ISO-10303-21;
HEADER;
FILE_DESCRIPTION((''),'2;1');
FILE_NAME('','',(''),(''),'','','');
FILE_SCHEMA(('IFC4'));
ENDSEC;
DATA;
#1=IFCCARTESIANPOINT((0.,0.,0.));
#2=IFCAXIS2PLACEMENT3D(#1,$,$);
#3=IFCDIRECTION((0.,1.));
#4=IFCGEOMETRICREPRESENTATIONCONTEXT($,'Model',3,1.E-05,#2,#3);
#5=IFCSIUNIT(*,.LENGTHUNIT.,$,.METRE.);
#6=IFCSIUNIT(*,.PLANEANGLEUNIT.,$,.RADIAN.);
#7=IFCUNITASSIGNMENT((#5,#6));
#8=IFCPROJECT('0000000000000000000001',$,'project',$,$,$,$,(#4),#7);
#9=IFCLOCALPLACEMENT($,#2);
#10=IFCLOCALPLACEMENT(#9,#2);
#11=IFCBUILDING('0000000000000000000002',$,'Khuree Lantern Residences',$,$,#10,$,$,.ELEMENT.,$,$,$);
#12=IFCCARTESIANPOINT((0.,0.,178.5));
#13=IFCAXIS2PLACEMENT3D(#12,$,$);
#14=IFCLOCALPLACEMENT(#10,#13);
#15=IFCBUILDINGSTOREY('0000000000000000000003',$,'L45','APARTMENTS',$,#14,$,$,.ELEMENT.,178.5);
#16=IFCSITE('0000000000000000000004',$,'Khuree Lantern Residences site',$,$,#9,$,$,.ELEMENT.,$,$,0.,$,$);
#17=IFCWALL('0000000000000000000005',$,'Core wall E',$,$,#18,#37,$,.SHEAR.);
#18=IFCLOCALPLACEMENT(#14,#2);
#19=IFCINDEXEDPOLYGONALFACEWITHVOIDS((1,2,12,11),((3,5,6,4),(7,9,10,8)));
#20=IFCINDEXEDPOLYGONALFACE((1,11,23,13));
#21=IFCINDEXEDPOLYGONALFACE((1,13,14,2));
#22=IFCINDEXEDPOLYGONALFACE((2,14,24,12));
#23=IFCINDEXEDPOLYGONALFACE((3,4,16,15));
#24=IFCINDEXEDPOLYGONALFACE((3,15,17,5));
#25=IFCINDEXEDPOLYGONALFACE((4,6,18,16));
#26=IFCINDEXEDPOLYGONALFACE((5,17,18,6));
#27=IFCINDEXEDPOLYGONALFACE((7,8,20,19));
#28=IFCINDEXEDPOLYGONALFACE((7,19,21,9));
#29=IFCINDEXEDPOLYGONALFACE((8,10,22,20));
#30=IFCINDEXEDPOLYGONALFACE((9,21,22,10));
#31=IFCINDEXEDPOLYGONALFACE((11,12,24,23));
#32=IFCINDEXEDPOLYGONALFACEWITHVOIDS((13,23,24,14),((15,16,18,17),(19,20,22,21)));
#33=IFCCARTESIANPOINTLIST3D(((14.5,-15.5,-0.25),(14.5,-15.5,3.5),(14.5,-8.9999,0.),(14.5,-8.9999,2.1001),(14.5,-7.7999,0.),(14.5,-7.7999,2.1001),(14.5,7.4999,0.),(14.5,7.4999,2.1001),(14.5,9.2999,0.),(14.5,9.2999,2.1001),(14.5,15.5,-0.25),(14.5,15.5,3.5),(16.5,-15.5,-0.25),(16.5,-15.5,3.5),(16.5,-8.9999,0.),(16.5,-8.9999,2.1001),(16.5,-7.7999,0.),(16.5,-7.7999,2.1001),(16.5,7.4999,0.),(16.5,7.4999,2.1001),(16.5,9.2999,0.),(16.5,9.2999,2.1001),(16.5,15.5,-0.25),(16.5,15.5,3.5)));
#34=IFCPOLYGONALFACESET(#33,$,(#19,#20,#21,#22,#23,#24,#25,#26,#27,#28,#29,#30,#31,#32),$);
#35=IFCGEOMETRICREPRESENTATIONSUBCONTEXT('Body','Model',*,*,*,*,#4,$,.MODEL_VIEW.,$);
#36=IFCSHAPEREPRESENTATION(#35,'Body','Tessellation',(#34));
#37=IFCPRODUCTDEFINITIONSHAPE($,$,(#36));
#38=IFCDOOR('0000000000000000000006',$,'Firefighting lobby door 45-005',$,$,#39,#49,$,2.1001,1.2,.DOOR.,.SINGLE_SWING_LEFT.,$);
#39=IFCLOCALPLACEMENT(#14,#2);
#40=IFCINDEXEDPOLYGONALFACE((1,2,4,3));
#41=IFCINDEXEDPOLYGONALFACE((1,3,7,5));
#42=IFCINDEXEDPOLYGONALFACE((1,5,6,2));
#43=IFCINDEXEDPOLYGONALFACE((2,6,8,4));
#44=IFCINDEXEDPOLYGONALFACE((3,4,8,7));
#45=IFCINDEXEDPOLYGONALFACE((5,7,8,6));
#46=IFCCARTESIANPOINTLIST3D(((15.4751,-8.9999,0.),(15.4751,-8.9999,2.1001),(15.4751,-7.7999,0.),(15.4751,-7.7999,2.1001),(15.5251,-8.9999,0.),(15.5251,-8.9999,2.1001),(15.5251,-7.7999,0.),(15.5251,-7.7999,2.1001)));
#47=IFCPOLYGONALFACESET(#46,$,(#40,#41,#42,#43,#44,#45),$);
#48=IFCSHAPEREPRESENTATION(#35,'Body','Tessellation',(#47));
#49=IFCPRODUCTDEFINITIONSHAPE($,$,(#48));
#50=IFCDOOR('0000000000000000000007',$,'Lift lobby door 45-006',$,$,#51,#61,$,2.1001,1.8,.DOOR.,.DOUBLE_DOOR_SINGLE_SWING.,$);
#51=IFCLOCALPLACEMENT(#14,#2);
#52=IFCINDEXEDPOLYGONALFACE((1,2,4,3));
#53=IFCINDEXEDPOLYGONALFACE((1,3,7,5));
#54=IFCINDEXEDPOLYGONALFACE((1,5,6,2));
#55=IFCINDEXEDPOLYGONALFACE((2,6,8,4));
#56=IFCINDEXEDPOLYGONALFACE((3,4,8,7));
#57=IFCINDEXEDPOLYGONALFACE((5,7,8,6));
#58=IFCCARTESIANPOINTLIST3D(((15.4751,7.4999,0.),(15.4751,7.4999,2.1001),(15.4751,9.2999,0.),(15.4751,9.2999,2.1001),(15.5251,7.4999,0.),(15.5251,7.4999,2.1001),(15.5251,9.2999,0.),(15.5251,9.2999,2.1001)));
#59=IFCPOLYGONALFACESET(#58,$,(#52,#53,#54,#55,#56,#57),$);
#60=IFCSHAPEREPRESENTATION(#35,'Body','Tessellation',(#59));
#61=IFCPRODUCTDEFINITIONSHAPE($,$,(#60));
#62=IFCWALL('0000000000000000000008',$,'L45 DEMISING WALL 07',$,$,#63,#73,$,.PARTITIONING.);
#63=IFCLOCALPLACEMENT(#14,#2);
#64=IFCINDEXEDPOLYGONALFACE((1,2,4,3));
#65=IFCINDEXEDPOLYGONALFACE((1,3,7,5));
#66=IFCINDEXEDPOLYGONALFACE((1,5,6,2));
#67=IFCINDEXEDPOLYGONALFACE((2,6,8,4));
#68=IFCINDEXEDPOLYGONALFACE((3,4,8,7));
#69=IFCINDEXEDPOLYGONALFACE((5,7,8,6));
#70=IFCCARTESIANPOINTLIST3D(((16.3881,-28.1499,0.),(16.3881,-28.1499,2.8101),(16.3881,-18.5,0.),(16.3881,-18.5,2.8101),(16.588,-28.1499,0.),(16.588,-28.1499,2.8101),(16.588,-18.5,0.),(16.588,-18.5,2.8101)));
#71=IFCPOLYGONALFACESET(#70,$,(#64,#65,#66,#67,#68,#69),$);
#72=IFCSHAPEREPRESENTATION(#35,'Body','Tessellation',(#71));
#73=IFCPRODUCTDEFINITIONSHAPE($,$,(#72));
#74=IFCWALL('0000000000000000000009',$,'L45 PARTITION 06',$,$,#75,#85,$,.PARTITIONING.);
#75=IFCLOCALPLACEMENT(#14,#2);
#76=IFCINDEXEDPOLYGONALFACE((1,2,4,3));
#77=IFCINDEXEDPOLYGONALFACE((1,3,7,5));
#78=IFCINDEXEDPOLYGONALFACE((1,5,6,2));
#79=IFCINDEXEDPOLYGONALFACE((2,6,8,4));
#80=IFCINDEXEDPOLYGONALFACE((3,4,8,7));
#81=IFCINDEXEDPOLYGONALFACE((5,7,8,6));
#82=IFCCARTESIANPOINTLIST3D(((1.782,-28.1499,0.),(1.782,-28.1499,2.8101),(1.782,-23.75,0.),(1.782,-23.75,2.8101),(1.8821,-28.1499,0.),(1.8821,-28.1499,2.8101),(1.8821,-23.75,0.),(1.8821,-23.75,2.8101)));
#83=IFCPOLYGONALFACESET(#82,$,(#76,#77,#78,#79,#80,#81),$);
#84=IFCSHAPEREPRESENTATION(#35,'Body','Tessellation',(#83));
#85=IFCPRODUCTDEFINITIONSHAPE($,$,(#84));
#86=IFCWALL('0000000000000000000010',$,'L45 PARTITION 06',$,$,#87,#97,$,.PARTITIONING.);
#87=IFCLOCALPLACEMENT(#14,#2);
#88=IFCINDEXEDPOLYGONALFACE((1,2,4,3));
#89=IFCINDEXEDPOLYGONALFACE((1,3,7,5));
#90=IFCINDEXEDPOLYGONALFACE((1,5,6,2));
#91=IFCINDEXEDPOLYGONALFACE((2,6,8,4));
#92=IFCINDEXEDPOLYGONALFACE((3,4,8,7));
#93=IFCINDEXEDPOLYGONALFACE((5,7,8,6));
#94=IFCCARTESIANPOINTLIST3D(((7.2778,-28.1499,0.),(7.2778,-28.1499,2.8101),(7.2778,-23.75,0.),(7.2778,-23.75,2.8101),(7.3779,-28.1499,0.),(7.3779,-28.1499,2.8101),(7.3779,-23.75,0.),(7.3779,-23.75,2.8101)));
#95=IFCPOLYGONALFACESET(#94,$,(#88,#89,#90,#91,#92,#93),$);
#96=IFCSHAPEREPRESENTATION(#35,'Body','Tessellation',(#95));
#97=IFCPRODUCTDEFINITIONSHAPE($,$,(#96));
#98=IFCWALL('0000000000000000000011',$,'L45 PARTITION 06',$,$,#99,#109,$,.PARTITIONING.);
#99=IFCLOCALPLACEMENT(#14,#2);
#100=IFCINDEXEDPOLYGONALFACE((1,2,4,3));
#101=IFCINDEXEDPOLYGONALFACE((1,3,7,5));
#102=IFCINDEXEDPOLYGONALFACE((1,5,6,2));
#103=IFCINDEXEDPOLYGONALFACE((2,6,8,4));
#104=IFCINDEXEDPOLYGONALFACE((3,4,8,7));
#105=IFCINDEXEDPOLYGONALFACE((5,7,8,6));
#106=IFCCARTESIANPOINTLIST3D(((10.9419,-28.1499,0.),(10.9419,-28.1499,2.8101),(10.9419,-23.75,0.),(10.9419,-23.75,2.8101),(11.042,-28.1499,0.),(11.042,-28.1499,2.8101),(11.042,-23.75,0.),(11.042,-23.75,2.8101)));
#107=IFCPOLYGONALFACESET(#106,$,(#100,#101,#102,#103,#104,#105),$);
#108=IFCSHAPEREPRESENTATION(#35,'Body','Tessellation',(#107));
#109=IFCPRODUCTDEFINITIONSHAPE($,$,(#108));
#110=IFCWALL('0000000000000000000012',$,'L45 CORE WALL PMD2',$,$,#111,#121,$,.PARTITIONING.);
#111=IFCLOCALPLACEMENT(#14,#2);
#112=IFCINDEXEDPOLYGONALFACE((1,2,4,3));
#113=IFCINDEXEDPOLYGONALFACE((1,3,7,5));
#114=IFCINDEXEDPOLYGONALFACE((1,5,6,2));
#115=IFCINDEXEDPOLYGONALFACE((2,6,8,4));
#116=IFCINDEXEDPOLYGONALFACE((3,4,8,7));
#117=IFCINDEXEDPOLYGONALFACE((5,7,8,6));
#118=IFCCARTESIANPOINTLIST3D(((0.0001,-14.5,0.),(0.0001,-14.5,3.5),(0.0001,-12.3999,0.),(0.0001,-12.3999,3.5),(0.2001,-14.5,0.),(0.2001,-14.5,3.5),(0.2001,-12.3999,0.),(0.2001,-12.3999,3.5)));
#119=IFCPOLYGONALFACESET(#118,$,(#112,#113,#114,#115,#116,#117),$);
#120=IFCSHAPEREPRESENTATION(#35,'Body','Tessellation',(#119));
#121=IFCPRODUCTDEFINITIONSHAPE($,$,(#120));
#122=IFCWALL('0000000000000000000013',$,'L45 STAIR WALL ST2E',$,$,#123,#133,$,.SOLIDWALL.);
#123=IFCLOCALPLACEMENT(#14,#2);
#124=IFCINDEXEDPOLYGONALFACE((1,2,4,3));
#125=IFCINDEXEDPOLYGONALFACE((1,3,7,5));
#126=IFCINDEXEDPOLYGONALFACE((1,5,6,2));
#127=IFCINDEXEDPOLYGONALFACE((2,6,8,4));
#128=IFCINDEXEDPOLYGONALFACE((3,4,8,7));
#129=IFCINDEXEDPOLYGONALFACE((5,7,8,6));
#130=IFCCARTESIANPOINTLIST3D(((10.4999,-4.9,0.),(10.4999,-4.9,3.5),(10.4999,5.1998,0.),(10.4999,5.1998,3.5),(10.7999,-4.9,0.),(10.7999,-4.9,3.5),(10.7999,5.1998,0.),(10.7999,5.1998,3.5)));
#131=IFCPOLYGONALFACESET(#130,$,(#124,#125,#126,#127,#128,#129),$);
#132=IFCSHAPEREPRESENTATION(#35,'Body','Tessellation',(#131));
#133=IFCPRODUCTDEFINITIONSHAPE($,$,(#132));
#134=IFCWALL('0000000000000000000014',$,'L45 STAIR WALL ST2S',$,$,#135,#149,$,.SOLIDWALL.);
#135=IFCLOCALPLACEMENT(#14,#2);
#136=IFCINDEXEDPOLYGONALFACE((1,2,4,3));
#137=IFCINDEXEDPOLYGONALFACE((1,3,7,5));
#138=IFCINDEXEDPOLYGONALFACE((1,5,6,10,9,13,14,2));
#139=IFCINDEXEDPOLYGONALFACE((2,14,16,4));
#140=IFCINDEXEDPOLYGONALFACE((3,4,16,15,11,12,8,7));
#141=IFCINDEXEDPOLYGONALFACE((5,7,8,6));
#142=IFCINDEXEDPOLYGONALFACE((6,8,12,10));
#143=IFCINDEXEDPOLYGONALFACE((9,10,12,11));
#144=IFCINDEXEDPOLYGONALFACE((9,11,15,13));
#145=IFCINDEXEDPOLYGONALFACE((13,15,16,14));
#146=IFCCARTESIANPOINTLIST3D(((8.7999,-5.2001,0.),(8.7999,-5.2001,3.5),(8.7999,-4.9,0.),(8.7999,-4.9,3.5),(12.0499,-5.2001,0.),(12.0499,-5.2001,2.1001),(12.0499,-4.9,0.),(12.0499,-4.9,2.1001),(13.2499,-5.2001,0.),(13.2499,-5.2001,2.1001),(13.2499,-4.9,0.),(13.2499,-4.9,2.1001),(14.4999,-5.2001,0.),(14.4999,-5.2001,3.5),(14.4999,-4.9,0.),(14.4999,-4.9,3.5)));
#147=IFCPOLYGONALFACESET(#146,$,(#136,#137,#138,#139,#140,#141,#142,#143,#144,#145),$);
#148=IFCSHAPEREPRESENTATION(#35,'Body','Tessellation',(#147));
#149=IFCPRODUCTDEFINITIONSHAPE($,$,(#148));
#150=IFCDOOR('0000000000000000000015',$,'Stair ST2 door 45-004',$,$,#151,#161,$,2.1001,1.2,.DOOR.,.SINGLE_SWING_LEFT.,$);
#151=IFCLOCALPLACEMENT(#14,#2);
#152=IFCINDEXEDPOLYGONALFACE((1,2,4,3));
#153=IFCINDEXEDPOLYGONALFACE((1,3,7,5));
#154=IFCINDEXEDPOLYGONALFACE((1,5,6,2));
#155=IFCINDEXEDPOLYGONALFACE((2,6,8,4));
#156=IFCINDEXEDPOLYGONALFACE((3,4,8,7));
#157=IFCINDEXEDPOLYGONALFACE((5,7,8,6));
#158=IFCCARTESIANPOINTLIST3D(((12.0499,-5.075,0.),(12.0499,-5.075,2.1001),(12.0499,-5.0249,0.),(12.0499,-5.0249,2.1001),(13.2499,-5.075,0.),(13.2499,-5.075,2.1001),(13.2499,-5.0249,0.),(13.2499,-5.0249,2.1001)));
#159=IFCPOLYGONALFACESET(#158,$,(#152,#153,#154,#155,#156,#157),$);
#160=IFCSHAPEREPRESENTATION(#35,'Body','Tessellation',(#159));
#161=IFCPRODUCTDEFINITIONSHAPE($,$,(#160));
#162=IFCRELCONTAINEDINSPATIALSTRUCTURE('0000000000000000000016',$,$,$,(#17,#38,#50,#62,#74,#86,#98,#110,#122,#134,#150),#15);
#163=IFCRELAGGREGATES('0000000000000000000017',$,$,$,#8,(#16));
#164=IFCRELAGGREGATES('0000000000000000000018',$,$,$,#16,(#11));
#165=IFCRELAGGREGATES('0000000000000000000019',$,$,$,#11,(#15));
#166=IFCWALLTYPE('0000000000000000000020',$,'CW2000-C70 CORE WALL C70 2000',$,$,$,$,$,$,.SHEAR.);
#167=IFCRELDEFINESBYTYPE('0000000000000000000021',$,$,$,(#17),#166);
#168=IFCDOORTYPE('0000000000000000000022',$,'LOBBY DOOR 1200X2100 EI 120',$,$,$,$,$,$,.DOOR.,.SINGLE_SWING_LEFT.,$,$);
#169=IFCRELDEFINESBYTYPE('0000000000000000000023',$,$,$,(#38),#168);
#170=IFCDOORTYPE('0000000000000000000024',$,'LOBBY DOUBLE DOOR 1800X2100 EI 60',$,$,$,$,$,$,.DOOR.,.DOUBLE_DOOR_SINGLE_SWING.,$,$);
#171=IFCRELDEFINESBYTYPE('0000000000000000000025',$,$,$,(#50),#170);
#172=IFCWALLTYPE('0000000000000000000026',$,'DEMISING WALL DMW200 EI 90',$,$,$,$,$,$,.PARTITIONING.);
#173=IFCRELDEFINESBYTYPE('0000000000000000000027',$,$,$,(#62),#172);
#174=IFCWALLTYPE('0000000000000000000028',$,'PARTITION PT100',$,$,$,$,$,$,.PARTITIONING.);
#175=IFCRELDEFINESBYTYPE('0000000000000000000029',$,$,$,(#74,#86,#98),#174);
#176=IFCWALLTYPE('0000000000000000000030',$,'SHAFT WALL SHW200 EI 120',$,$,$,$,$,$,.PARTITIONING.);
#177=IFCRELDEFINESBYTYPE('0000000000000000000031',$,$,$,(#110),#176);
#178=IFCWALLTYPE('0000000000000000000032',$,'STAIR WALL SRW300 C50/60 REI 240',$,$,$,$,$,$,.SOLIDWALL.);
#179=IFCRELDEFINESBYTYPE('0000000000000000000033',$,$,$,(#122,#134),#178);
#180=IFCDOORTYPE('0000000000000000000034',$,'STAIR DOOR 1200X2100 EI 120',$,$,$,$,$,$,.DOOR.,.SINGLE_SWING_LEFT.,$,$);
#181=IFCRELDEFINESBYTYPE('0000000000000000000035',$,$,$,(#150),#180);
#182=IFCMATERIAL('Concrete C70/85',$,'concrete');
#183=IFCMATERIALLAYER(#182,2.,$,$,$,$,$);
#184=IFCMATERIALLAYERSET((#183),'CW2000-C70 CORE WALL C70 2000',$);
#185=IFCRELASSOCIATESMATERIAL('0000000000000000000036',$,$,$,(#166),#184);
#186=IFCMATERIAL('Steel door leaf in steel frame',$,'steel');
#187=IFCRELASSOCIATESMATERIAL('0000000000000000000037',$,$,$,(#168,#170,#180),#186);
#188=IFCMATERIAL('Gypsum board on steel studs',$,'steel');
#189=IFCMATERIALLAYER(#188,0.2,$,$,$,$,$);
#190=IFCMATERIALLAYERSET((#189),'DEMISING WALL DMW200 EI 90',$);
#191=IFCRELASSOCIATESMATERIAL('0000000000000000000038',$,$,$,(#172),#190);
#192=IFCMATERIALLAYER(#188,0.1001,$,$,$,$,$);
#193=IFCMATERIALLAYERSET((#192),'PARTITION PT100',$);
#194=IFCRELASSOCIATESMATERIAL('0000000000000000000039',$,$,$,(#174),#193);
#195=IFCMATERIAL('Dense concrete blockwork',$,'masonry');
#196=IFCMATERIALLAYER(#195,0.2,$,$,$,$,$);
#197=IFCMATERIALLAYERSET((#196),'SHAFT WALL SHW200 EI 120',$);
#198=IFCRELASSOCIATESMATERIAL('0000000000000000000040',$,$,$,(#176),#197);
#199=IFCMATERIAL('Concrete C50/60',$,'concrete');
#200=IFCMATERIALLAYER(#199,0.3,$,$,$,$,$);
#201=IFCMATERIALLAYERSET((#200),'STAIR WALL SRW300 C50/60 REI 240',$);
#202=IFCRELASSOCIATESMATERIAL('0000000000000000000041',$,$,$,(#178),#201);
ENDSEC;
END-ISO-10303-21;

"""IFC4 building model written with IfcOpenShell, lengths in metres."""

from ifc_helpers import new_model, si_unit, direction, frame, frame_2d, origin, place, context, subcontext, project, spatial, rectangle, extrude, material, layer, layer_set, type_object, element, fill, save


model = new_model("IFC4")

# Units and contexts
model_context = context("Model", 3, precision=1e-05, world=origin(), true_north=direction((0.0, 1.0)))
body_context = subcontext(model_context, "Body", "Model", "MODEL_VIEW")
ifc_project = project(units=[si_unit("LENGTHUNIT", "METRE"), si_unit("PLANEANGLEUNIT", "RADIAN")], contexts=[model_context])

# Site, building, storey
site_placement = place(None, origin())
site = spatial("IfcSite", under=ifc_project, at=site_placement, Name="Khuree Lantern Residences site", CompositionType="ELEMENT", RefElevation=0.0)
building_placement = place(site_placement, origin())
building = spatial("IfcBuilding", under=site, at=building_placement, Name="Khuree Lantern Residences", CompositionType="ELEMENT")
storey_placement = place(building_placement, frame((0.0, 0.0, 178.5)))
storey = spatial("IfcBuildingStorey", under=building, at=storey_placement, Name="L45", Description="APARTMENTS", CompositionType="ELEMENT", Elevation=178.5)

# Shared definitions
ifc_material_1 = material(Name="Concrete C70/85", Category="concrete")

# Shared definitions
ifc_material_2 = material(Name="Dense concrete blockwork", Category="masonry")

# Shared definitions
ifc_material_3 = material(Name="Gypsum board on steel studs", Category="steel")

# Wall, openings, doors
ifc_layer_1 = layer(ifc_material_1, 2.0)
ifc_layer_set_1 = layer_set([ifc_layer_1], Name="CW2000-C70 CORE WALL C70 2000")
wall_type_1 = type_object("IfcWallType", Name="CW2000-C70 CORE WALL C70 2000", PredefinedType="SHEAR", material=ifc_layer_set_1)
wall_1_placement = place(storey_placement, frame((15.5, -15.5, -0.25), z_axis=(0.0, 0.0, 1.0), x_axis=(0.0, 1.0, 0.0)))
wall_1 = element("IfcWall", 1, at=wall_1_placement, inside=storey, type_object=wall_type_1, Name="Core wall E", PredefinedType="SHEAR", context=body_context, shape_type="SweptSolid", body=[
    extrude(rectangle(XDim=31.0, YDim=2.0, at=frame_2d((15.5, 0.0))), origin(), (0.0, 0.0, 1.0), 3.75),
])
opening_1_placement = place(wall_1_placement, frame((6.5, 0.0, 0.25)))
opening_1 = element("IfcOpeningElement", 2, at=opening_1_placement, cuts=wall_1, PredefinedType="OPENING", context=body_context, shape_type="SweptSolid", body=[
    extrude(rectangle(XDim=1.2, YDim=2.1001, at=frame_2d((0.6001, 1.05))), frame((0.0, 1.01, 0.0), z_axis=(0.0, -1.0, 0.0), x_axis=(1.0, 0.0, 0.0)), (0.0, 0.0, 1.0), 2.02),
])
opening_2_placement = place(wall_1_placement, frame((23.0, 0.0, 0.25)))
opening_2 = element("IfcOpeningElement", 3, at=opening_2_placement, cuts=wall_1, PredefinedType="OPENING", context=body_context, shape_type="SweptSolid", body=[
    extrude(rectangle(XDim=1.8, YDim=2.1001, at=frame_2d((0.8999, 1.05))), frame((0.0, 1.01, 0.0), z_axis=(0.0, -1.0, 0.0), x_axis=(1.0, 0.0, 0.0)), (0.0, 0.0, 1.0), 2.02),
])
ifc_material_4 = material(Name="Steel door leaf in steel frame", Category="steel")
door_type_1 = type_object("IfcDoorType", Name="LOBBY DOOR 1200X2100 EI 120", OperationType="SINGLE_SWING_LEFT", PredefinedType="DOOR", material=ifc_material_4)
door_1_placement = place(opening_1_placement, origin())
door_1 = element("IfcDoor", 4, at=door_1_placement, inside=storey, type_object=door_type_1, Name="Firefighting lobby door 45-005", OperationType="SINGLE_SWING_LEFT", OverallHeight=2.1001, OverallWidth=1.2, PredefinedType="DOOR", context=body_context, shape_type="SweptSolid", body=[
    extrude(rectangle(XDim=1.2, YDim=2.1001, at=frame_2d((0.6001, 1.05))), frame((0.0, 0.0249, 0.0), z_axis=(0.0, -1.0, 0.0), x_axis=(1.0, 0.0, 0.0)), (0.0, 0.0, 1.0), 0.05),
])
fill(opening_1, door_1)
door_type_2 = type_object("IfcDoorType", Name="LOBBY DOUBLE DOOR 1800X2100 EI 60", OperationType="DOUBLE_DOOR_SINGLE_SWING", PredefinedType="DOOR", material=ifc_material_4)
door_2_placement = place(opening_2_placement, origin())
door_2 = element("IfcDoor", 5, at=door_2_placement, inside=storey, type_object=door_type_2, Name="Lift lobby door 45-006", OperationType="DOUBLE_DOOR_SINGLE_SWING", OverallHeight=2.1001, OverallWidth=1.8, PredefinedType="DOOR", context=body_context, shape_type="SweptSolid", body=[
    extrude(rectangle(XDim=1.8, YDim=2.1001, at=frame_2d((0.8999, 1.05))), frame((0.0, 0.0249, 0.0), z_axis=(0.0, -1.0, 0.0), x_axis=(1.0, 0.0, 0.0)), (0.0, 0.0, 1.0), 0.05),
])
fill(opening_2, door_2)

# Walls
ifc_layer_2 = layer(ifc_material_3, 0.2)
ifc_layer_set_2 = layer_set([ifc_layer_2], Name="DEMISING WALL DMW200 EI 90")
wall_type_2 = type_object("IfcWallType", Name="DEMISING WALL DMW200 EI 90", PredefinedType="PARTITIONING", material=ifc_layer_set_2)
wall_2_placement = place(storey_placement, frame((16.488, -18.5, 0.0), z_axis=(0.0, 0.0, 1.0), x_axis=(0.0, -1.0, 0.0)))
element("IfcWall", 6, at=wall_2_placement, inside=storey, type_object=wall_type_2, Name="L45 DEMISING WALL 07", PredefinedType="PARTITIONING", context=body_context, shape_type="SweptSolid", body=[
    extrude(rectangle(XDim=9.6499, YDim=0.2, at=frame_2d((4.825, 0.0))), origin(), (0.0, 0.0, 1.0), 2.8101),
])
ifc_layer_3 = layer(ifc_material_3, 0.1001)
ifc_layer_set_3 = layer_set([ifc_layer_3], Name="PARTITION PT100")
wall_type_3 = type_object("IfcWallType", Name="PARTITION PT100", PredefinedType="PARTITIONING", material=ifc_layer_set_3)
for number, where, z_axis, x_axis, name in (
    (7, (1.832, -23.75, 0.0), (0.0, 0.0, 1.0), (0.0, -1.0, 0.0), "L45 PARTITION 06"),
    (8, (7.3279, -23.75, 0.0), (0.0, 0.0, 1.0), (0.0, -1.0, 0.0), "L45 PARTITION 06"),
    (9, (10.9919, -23.75, 0.0), (0.0, 0.0, 1.0), (0.0, -1.0, 0.0), "L45 PARTITION 06"),
):
    element("IfcWall", number, at=place(storey_placement, frame(where, z_axis=z_axis, x_axis=x_axis)), inside=storey, type_object=wall_type_3, Name=name, PredefinedType="PARTITIONING", context=body_context, shape_type="SweptSolid", body=[
        extrude(rectangle(XDim=4.3999, YDim=0.1001, at=frame_2d((2.2, 0.0))), origin(), (0.0, 0.0, 1.0), 2.8101),
    ])
ifc_layer_4 = layer(ifc_material_2, 0.2)
ifc_layer_set_4 = layer_set([ifc_layer_4], Name="SHAFT WALL SHW200 EI 120")
wall_type_4 = type_object("IfcWallType", Name="SHAFT WALL SHW200 EI 120", PredefinedType="PARTITIONING", material=ifc_layer_set_4)
wall_3_placement = place(storey_placement, frame((0.1001, -14.5, 0.0), z_axis=(0.0, 0.0, 1.0), x_axis=(0.0, 1.0, 0.0)))
element("IfcWall", 10, at=wall_3_placement, inside=storey, type_object=wall_type_4, Name="L45 CORE WALL PMD2", PredefinedType="PARTITIONING", context=body_context, shape_type="SweptSolid", body=[
    extrude(rectangle(XDim=2.1001, YDim=0.2, at=frame_2d((1.05, 0.0))), origin(), (0.0, 0.0, 1.0), 3.5),
])
ifc_material_5 = material(Name="Concrete C50/60", Category="concrete")
ifc_layer_5 = layer(ifc_material_5, 0.3)
ifc_layer_set_5 = layer_set([ifc_layer_5], Name="STAIR WALL SRW300 C50/60 REI 240")
wall_type_5 = type_object("IfcWallType", Name="STAIR WALL SRW300 C50/60 REI 240", PredefinedType="SOLIDWALL", material=ifc_layer_set_5)
wall_4_placement = place(storey_placement, frame((10.6499, -4.8999, 0.0), z_axis=(0.0, 0.0, 1.0), x_axis=(0.0, 1.0, 0.0)))
element("IfcWall", 11, at=wall_4_placement, inside=storey, type_object=wall_type_5, Name="L45 STAIR WALL ST2E", PredefinedType="SOLIDWALL", context=body_context, shape_type="SweptSolid", body=[
    extrude(rectangle(XDim=10.0999, YDim=0.3, at=frame_2d((5.0498, 0.0))), origin(), (0.0, 0.0, 1.0), 3.5),
])

# Wall, opening, door
wall_5_placement = place(storey_placement, frame((14.5, -5.05, 0.0), z_axis=(0.0, 0.0, 1.0), x_axis=(-1.0, 0.0, 0.0)))
wall_5 = element("IfcWall", 12, at=wall_5_placement, inside=storey, type_object=wall_type_5, Name="L45 STAIR WALL ST2S", PredefinedType="SOLIDWALL", context=body_context, shape_type="SweptSolid", body=[
    extrude(rectangle(XDim=5.7, YDim=0.3, at=frame_2d((2.8501, 0.0))), origin(), (0.0, 0.0, 1.0), 3.5),
])
opening_3_placement = place(wall_5_placement, frame((1.25, 0.0, 0.0)))
opening_3 = element("IfcOpeningElement", 13, at=opening_3_placement, cuts=wall_5, PredefinedType="OPENING", context=body_context, shape_type="SweptSolid", body=[
    extrude(rectangle(XDim=1.2, YDim=2.1001, at=frame_2d((0.6001, 1.05))), frame((0.0, 0.1602, 0.0), z_axis=(0.0, -1.0, 0.0), x_axis=(1.0, 0.0, 0.0)), (0.0, 0.0, 1.0), 0.3201),
])
door_type_3 = type_object("IfcDoorType", Name="STAIR DOOR 1200X2100 EI 120", OperationType="SINGLE_SWING_LEFT", PredefinedType="DOOR", material=ifc_material_4)
door_3_placement = place(opening_3_placement, origin())
door_3 = element("IfcDoor", 14, at=door_3_placement, inside=storey, type_object=door_type_3, Name="Stair ST2 door 45-004", OperationType="SINGLE_SWING_LEFT", OverallHeight=2.1001, OverallWidth=1.2, PredefinedType="DOOR", context=body_context, shape_type="SweptSolid", body=[
    extrude(rectangle(XDim=1.2, YDim=2.1001, at=frame_2d((0.6001, 1.05))), frame((0.0, 0.0249, 0.0), z_axis=(0.0, -1.0, 0.0), x_axis=(1.0, 0.0, 0.0)), (0.0, 0.0, 1.0), 0.05),
])
fill(opening_3, door_3)

save(model, "model.ifc")
